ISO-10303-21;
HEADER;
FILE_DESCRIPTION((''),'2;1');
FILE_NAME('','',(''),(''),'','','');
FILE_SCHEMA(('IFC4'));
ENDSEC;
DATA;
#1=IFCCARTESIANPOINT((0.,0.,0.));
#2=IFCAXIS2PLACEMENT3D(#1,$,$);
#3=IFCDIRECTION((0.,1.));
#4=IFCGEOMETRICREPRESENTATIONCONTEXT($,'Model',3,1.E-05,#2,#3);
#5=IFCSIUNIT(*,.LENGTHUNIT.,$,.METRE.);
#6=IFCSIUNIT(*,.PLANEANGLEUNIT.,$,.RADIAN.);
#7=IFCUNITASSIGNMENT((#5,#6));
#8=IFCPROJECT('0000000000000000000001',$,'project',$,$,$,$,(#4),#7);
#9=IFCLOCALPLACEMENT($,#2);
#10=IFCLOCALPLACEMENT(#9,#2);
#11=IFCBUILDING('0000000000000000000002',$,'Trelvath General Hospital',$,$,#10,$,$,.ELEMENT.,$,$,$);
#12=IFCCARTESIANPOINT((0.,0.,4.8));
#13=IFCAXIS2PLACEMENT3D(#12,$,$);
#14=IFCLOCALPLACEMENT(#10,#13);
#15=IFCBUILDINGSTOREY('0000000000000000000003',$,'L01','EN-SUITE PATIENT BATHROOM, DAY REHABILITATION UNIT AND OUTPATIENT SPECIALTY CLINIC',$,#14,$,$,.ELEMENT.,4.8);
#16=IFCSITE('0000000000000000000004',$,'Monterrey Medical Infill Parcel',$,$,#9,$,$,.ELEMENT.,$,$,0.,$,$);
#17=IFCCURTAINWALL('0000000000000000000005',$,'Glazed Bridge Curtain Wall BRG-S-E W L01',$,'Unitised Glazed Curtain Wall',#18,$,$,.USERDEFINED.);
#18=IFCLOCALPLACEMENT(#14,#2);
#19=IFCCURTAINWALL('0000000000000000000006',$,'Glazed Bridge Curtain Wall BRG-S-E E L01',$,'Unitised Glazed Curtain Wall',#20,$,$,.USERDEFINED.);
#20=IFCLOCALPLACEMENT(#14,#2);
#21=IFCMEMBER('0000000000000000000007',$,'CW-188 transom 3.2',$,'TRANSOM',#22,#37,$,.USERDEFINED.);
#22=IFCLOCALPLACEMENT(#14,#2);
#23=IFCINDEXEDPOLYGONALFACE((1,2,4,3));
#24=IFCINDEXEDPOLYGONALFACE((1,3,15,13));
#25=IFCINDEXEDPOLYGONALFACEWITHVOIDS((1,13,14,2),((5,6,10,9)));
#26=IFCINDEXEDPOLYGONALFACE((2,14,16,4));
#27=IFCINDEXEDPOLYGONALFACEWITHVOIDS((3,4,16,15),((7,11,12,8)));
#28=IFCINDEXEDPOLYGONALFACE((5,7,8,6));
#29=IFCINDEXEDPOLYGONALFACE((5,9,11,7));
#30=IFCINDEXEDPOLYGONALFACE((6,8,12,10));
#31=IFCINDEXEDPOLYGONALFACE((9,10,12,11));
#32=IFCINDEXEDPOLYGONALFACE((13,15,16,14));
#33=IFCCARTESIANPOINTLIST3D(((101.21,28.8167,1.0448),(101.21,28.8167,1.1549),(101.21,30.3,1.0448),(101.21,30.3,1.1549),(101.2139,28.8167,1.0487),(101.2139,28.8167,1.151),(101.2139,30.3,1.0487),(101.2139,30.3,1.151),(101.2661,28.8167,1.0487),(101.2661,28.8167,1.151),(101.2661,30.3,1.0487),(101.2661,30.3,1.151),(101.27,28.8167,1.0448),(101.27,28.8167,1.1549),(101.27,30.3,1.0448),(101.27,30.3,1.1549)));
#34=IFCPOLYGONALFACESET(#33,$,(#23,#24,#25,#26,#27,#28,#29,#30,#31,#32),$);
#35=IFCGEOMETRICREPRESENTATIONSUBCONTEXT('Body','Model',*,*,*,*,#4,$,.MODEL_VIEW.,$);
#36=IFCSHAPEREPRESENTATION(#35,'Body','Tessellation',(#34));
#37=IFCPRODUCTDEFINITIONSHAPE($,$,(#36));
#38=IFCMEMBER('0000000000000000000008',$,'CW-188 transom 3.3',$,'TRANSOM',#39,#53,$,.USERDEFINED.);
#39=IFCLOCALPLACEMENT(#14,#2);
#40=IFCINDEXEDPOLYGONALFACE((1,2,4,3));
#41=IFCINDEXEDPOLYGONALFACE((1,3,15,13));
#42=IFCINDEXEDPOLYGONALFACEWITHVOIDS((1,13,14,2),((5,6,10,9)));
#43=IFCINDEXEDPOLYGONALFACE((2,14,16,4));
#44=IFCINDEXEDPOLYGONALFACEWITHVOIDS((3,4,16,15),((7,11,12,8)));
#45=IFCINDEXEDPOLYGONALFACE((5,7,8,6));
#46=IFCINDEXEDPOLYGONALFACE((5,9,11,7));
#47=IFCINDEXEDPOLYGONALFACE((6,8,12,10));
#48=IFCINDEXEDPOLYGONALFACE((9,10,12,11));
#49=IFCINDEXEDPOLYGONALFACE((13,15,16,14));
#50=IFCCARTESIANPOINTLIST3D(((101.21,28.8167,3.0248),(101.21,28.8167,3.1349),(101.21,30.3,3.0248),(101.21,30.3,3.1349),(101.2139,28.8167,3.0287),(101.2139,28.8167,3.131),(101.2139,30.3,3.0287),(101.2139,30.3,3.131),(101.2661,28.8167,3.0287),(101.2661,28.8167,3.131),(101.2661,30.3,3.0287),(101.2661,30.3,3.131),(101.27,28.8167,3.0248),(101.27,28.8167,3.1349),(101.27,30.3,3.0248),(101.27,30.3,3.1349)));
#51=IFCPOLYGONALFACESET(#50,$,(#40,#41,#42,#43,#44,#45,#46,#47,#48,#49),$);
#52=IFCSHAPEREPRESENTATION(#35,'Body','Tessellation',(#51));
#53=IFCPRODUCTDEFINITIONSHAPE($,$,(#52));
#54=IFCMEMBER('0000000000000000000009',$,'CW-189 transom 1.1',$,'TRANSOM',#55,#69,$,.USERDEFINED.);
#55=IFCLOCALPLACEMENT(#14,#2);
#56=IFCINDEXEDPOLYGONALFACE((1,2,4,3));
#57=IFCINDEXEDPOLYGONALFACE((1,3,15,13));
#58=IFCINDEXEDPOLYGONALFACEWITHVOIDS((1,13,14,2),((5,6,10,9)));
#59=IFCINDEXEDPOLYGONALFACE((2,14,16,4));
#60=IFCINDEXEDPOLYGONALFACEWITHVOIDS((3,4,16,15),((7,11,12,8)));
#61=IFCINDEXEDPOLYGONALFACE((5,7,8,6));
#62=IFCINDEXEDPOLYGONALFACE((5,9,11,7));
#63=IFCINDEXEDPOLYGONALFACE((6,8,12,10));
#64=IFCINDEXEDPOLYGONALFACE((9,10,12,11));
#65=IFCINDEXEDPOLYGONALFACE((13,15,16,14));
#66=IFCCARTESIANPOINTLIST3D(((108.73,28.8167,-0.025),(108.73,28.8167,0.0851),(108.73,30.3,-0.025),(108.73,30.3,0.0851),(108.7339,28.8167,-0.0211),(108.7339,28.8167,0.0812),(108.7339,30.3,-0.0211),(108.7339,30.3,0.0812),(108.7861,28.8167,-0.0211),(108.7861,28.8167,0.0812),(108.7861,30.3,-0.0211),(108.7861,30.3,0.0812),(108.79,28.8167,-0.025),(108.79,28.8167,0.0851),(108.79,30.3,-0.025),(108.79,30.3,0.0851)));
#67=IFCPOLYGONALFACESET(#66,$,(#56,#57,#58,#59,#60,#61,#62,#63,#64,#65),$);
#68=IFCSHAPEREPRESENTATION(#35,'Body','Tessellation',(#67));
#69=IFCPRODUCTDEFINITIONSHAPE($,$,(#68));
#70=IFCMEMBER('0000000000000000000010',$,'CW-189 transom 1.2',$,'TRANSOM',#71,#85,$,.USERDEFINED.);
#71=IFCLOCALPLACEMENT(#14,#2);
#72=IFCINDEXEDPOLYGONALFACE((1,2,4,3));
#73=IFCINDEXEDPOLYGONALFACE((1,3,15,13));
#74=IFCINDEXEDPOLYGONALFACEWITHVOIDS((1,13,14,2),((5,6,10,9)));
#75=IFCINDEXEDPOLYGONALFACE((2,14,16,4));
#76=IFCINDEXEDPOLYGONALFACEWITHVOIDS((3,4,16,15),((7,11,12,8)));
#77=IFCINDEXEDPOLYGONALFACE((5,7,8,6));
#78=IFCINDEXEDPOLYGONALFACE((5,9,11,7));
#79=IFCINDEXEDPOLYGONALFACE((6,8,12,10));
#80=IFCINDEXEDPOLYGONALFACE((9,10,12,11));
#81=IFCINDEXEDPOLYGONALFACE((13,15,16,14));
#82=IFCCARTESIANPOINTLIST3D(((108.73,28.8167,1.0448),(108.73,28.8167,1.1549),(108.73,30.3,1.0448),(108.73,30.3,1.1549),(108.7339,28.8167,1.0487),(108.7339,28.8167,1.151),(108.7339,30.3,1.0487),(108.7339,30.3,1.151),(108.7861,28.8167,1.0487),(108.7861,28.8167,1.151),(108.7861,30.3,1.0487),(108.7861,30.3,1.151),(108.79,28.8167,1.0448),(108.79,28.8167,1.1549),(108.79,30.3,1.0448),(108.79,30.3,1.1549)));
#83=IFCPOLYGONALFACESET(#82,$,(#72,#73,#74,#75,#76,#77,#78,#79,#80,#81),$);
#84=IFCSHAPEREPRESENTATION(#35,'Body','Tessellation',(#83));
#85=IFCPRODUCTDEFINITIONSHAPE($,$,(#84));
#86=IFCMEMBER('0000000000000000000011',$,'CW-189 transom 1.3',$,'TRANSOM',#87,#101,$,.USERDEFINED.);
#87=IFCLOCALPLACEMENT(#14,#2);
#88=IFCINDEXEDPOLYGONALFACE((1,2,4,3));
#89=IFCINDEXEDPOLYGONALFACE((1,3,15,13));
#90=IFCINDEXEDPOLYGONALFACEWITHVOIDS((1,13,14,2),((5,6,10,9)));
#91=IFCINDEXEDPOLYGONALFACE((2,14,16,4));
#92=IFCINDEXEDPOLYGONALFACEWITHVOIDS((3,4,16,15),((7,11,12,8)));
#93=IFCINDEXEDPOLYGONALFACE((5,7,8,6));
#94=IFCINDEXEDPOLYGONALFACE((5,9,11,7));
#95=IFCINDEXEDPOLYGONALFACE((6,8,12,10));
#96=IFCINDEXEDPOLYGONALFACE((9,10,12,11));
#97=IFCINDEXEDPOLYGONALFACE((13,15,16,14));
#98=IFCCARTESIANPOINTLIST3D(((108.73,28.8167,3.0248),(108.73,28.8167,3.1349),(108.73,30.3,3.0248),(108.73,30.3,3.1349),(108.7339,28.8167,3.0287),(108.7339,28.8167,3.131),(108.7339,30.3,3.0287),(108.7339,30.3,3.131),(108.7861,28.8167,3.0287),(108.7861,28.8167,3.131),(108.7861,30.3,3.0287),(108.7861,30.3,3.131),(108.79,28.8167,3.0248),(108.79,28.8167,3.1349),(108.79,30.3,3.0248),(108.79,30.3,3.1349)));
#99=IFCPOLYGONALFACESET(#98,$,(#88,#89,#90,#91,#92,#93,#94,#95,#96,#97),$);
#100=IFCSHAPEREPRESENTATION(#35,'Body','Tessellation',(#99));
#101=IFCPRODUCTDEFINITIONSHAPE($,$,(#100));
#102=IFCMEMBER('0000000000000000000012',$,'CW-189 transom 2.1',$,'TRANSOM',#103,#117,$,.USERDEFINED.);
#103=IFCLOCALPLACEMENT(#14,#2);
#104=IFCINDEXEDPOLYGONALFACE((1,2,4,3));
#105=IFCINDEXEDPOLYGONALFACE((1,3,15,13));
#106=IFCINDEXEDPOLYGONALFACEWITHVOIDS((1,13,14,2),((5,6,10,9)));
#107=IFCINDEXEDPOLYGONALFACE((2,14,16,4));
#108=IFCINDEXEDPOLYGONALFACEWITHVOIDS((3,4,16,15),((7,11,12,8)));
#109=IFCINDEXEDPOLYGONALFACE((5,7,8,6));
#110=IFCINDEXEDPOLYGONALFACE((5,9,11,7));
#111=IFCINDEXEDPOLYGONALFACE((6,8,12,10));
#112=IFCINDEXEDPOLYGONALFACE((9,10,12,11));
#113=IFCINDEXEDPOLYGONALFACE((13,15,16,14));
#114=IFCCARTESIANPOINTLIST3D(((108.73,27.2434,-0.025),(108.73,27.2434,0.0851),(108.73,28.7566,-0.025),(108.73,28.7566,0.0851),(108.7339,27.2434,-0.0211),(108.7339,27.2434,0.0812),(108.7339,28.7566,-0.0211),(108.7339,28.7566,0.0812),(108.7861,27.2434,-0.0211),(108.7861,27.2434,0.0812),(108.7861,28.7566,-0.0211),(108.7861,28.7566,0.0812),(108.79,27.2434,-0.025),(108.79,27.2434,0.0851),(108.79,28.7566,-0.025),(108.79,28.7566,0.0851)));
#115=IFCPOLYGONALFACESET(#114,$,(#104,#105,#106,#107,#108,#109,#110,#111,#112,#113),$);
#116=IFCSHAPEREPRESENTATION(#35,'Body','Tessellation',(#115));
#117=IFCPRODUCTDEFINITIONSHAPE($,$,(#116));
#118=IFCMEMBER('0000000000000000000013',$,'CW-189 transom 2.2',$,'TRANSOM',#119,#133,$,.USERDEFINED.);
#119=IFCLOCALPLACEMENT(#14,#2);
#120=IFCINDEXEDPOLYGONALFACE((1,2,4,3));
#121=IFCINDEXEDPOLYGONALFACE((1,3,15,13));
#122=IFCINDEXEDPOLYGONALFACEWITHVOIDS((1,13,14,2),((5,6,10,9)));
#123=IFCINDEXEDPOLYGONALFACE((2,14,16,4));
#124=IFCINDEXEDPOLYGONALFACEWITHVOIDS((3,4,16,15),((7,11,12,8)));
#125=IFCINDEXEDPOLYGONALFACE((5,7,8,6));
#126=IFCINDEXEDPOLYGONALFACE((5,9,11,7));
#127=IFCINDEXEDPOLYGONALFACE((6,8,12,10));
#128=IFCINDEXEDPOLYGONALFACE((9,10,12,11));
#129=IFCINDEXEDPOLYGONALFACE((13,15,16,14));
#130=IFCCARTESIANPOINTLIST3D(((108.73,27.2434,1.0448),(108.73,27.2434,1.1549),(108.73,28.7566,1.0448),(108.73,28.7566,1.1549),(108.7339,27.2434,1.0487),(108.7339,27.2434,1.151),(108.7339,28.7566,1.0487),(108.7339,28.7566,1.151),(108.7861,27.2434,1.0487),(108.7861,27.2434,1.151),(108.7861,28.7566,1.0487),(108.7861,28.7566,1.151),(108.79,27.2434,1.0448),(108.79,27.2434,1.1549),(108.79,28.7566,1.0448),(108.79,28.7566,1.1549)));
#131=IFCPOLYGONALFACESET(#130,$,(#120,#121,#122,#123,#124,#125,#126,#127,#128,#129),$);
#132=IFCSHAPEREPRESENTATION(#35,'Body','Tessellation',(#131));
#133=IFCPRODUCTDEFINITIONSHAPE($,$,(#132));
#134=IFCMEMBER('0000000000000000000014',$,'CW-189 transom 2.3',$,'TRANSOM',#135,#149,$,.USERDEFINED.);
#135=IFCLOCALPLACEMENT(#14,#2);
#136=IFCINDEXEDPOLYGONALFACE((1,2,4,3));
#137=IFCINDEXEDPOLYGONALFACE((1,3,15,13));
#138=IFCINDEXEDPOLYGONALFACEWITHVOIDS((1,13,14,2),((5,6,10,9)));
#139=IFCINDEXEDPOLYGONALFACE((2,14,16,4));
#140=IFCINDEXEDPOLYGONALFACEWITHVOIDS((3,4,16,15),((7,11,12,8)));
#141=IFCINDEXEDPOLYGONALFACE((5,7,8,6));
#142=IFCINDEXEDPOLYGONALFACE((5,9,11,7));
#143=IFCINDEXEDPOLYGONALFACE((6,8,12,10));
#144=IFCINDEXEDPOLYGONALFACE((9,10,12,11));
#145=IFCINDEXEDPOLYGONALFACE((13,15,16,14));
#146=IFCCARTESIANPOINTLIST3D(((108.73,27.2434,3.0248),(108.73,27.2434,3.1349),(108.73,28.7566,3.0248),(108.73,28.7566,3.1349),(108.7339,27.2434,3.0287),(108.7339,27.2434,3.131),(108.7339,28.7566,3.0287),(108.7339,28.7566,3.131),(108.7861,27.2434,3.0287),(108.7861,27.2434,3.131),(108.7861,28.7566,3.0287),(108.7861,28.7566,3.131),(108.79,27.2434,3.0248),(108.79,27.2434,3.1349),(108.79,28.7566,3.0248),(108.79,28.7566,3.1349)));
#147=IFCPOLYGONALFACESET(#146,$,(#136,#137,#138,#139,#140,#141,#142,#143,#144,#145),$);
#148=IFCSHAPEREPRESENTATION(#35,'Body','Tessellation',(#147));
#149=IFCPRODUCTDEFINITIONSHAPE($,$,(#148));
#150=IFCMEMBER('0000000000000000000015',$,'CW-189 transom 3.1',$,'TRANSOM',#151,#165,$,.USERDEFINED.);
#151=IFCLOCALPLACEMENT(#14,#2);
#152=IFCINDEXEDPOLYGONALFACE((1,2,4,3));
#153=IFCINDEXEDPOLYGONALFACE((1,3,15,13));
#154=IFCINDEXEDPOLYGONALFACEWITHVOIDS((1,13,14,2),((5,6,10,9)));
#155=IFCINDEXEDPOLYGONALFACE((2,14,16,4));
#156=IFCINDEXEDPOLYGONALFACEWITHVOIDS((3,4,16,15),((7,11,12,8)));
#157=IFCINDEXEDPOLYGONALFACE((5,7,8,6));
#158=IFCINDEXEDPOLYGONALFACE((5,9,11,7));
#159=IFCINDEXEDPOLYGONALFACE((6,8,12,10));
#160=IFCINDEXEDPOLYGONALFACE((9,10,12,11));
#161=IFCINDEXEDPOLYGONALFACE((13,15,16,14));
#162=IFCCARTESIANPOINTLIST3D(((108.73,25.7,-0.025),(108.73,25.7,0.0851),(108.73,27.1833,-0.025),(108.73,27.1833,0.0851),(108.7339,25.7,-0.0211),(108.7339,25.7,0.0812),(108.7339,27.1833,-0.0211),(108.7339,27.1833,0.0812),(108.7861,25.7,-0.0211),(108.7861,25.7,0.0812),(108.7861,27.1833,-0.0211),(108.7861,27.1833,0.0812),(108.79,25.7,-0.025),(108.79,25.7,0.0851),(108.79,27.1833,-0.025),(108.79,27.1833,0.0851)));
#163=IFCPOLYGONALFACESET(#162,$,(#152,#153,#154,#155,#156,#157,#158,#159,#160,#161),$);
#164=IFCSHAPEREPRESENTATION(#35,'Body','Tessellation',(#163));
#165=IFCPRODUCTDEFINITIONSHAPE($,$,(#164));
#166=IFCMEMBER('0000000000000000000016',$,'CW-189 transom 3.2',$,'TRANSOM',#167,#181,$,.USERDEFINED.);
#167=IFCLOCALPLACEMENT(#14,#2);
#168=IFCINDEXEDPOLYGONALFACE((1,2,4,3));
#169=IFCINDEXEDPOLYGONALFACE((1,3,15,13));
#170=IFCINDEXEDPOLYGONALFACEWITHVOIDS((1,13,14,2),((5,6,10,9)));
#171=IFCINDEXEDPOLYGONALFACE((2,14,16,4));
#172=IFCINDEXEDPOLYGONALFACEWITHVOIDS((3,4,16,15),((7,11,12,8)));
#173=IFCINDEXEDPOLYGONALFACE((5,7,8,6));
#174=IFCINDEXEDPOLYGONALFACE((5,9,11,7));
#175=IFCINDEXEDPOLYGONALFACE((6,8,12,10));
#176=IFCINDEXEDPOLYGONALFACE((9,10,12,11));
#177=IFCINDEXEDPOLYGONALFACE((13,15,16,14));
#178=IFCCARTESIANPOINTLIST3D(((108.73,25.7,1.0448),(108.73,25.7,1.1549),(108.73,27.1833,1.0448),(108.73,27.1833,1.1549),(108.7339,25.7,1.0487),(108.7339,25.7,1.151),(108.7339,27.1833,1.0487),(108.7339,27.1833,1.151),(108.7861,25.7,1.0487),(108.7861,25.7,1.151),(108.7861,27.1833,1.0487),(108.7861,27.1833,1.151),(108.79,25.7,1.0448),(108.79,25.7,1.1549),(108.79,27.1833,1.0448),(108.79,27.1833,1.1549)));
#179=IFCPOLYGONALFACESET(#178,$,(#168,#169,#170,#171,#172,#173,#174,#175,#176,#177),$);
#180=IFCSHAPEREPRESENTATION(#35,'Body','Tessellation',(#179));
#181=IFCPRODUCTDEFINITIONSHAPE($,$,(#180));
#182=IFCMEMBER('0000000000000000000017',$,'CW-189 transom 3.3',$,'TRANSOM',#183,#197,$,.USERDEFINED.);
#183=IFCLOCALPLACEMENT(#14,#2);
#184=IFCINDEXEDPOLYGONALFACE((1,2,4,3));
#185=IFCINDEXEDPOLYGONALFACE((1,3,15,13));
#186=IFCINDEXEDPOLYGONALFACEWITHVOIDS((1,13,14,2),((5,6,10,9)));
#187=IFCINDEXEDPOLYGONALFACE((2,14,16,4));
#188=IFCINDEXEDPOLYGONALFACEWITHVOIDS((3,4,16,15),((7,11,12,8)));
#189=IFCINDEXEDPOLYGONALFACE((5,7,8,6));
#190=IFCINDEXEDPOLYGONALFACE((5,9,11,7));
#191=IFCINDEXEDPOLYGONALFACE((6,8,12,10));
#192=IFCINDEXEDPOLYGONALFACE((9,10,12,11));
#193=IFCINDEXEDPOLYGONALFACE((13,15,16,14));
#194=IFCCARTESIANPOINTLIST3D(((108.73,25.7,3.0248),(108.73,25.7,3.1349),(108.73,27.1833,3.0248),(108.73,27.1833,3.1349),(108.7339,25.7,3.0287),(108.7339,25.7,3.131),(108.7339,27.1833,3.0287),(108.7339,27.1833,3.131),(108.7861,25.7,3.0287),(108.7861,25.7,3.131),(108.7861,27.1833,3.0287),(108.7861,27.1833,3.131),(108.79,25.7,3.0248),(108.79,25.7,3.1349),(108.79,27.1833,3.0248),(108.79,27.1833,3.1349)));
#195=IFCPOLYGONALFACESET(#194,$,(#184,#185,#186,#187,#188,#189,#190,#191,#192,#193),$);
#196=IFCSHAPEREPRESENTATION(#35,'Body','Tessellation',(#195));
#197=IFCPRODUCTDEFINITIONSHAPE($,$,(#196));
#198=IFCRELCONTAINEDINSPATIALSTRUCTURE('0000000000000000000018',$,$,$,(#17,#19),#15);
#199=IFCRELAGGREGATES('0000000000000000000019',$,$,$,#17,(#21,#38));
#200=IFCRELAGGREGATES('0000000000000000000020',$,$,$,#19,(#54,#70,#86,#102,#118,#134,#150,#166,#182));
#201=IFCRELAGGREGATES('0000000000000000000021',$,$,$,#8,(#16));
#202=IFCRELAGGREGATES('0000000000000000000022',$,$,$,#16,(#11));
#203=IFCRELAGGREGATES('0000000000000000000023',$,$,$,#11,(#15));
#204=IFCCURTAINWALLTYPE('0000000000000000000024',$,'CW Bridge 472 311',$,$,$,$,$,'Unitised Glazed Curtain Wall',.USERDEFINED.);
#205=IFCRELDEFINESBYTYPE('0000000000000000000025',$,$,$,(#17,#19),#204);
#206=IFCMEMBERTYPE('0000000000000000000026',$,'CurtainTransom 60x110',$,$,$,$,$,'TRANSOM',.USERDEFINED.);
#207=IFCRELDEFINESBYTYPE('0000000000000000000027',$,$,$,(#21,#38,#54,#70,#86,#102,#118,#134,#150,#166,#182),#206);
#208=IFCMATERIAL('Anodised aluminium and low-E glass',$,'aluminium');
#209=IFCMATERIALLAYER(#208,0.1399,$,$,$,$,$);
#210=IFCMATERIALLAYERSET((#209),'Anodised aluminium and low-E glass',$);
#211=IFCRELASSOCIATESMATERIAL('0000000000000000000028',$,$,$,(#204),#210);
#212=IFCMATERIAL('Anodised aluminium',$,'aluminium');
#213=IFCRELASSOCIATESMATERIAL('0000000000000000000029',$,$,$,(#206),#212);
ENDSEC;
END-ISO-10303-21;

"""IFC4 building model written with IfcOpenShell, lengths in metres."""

from ifc_helpers import new_model, si_unit, direction, frame, origin, origin_2d, place, context, subcontext, project, spatial, hollow_rectangle, extrude, material, layer, layer_set, material_profile, profile_set, type_object, element, aggregate, save


model = new_model("IFC4")

# Units and contexts
model_context = context("Model", 3, precision=1e-05, world=origin(), true_north=direction((0.0, 1.0)))
body_context = subcontext(model_context, "Body", "Model", "MODEL_VIEW")
ifc_project = project(units=[si_unit("LENGTHUNIT", "METRE"), si_unit("PLANEANGLEUNIT", "RADIAN")], contexts=[model_context])

# Site, building, storey
site_placement = place(None, origin())
site = spatial("IfcSite", under=ifc_project, at=site_placement, Name="Monterrey Medical Infill Parcel", CompositionType="ELEMENT", RefElevation=0.0)
building_placement = place(site_placement, origin())
building = spatial("IfcBuilding", under=site, at=building_placement, Name="Trelvath General Hospital", CompositionType="ELEMENT")
storey_placement = place(building_placement, frame((0.0, 0.0, 4.8)))
storey = spatial("IfcBuildingStorey", under=building, at=storey_placement, Name="L01", Description="EN-SUITE PATIENT BATHROOM, DAY REHABILITATION UNIT AND OUTPATIENT SPECIALTY CLINIC", CompositionType="ELEMENT", Elevation=4.8)

# Curtain wall
ifc_material_1 = material(Name="Anodised aluminium and low-E glass", Category="aluminium")
ifc_layer_1 = layer(ifc_material_1, 0.1399)
ifc_layer_set_1 = layer_set([ifc_layer_1], Name="Anodised aluminium and low-E glass")
curtain_wall_type = type_object("IfcCurtainWallType", Name="CW Bridge 472 311", ElementType="Unitised Glazed Curtain Wall", PredefinedType="USERDEFINED", material=ifc_layer_set_1)
curtain_wall_1_placement = place(storey_placement, origin())
curtain_wall_1 = element("IfcCurtainWall", 1, at=curtain_wall_1_placement, inside=storey, type_object=curtain_wall_type, Name="Glazed Bridge Curtain Wall BRG-S-E W L01", ObjectType="Unitised Glazed Curtain Wall", PredefinedType="USERDEFINED")

# Curtain wall
curtain_wall_2_placement = place(storey_placement, origin())
curtain_wall_2 = element("IfcCurtainWall", 2, at=curtain_wall_2_placement, inside=storey, type_object=curtain_wall_type, Name="Glazed Bridge Curtain Wall BRG-S-E E L01", ObjectType="Unitised Glazed Curtain Wall", PredefinedType="USERDEFINED")

# Members
ifc_material_2 = material(Name="Anodised aluminium", Category="aluminium")
ifc_material_profile_1 = material_profile(ifc_material_2, hollow_rectangle(XDim=0.0601, YDim=0.1101, WallThickness=0.0039, at=origin_2d()), Name="RHS60x110x4")
ifc_profile_set_1 = profile_set([ifc_material_profile_1], Name="Anodised aluminium")
member_type_1 = type_object("IfcMemberType", Name="CurtainTransom 60x110", ElementType="TRANSOM", PredefinedType="USERDEFINED", material=ifc_profile_set_1)
member_1_placement = place(storey_placement, frame((101.24, 28.8167, 1.0999), z_axis=(0.0, 1.0, 0.0), x_axis=(-1.0, 0.0, 0.0)))
member_1 = element("IfcMember", 3, at=member_1_placement, type_object=member_type_1, Name="CW-188 transom 3.2", ObjectType="TRANSOM", PredefinedType="USERDEFINED", context=body_context, shape_type="SweptSolid", body=[
    extrude(hollow_rectangle(XDim=0.0601, YDim=0.1101, WallThickness=0.0039, at=origin_2d()), origin(), (0.0, 0.0, 1.0), 1.4834),
])
member_2_placement = place(storey_placement, frame((101.24, 28.8167, 3.0798), z_axis=(0.0, 1.0, 0.0), x_axis=(-1.0, 0.0, 0.0)))
member_2 = element("IfcMember", 4, at=member_2_placement, type_object=member_type_1, Name="CW-188 transom 3.3", ObjectType="TRANSOM", PredefinedType="USERDEFINED", context=body_context, shape_type="SweptSolid", body=[
    extrude(hollow_rectangle(XDim=0.0601, YDim=0.1101, WallThickness=0.0039, at=origin_2d()), origin(), (0.0, 0.0, 1.0), 1.4834),
])
member_3_placement = place(storey_placement, frame((108.76, 30.3, 0.03), z_axis=(0.0, -1.0, 0.0), x_axis=(1.0, 0.0, 0.0)))
member_3 = element("IfcMember", 5, at=member_3_placement, type_object=member_type_1, Name="CW-189 transom 1.1", ObjectType="TRANSOM", PredefinedType="USERDEFINED", context=body_context, shape_type="SweptSolid", body=[
    extrude(hollow_rectangle(XDim=0.0601, YDim=0.1101, WallThickness=0.0039, at=origin_2d()), origin(), (0.0, 0.0, 1.0), 1.4834),
])
member_4_placement = place(storey_placement, frame((108.76, 30.3, 1.0999), z_axis=(0.0, -1.0, 0.0), x_axis=(1.0, 0.0, 0.0)))
member_4 = element("IfcMember", 6, at=member_4_placement, type_object=member_type_1, Name="CW-189 transom 1.2", ObjectType="TRANSOM", PredefinedType="USERDEFINED", context=body_context, shape_type="SweptSolid", body=[
    extrude(hollow_rectangle(XDim=0.0601, YDim=0.1101, WallThickness=0.0039, at=origin_2d()), origin(), (0.0, 0.0, 1.0), 1.4834),
])
member_5_placement = place(storey_placement, frame((108.76, 30.3, 3.0798), z_axis=(0.0, -1.0, 0.0), x_axis=(1.0, 0.0, 0.0)))
member_5 = element("IfcMember", 7, at=member_5_placement, type_object=member_type_1, Name="CW-189 transom 1.3", ObjectType="TRANSOM", PredefinedType="USERDEFINED", context=body_context, shape_type="SweptSolid", body=[
    extrude(hollow_rectangle(XDim=0.0601, YDim=0.1101, WallThickness=0.0039, at=origin_2d()), origin(), (0.0, 0.0, 1.0), 1.4834),
])
member_6_placement = place(storey_placement, frame((108.76, 28.7566, 0.03), z_axis=(0.0, -1.0, 0.0), x_axis=(1.0, 0.0, 0.0)))
member_6 = element("IfcMember", 8, at=member_6_placement, type_object=member_type_1, Name="CW-189 transom 2.1", ObjectType="TRANSOM", PredefinedType="USERDEFINED", context=body_context, shape_type="SweptSolid", body=[
    extrude(hollow_rectangle(XDim=0.0601, YDim=0.1101, WallThickness=0.0039, at=origin_2d()), origin(), (0.0, 0.0, 1.0), 1.5132),
])
member_7_placement = place(storey_placement, frame((108.76, 28.7566, 1.0999), z_axis=(0.0, -1.0, 0.0), x_axis=(1.0, 0.0, 0.0)))
member_7 = element("IfcMember", 9, at=member_7_placement, type_object=member_type_1, Name="CW-189 transom 2.2", ObjectType="TRANSOM", PredefinedType="USERDEFINED", context=body_context, shape_type="SweptSolid", body=[
    extrude(hollow_rectangle(XDim=0.0601, YDim=0.1101, WallThickness=0.0039, at=origin_2d()), origin(), (0.0, 0.0, 1.0), 1.5132),
])
member_8_placement = place(storey_placement, frame((108.76, 28.7566, 3.0798), z_axis=(0.0, -1.0, 0.0), x_axis=(1.0, 0.0, 0.0)))
member_8 = element("IfcMember", 10, at=member_8_placement, type_object=member_type_1, Name="CW-189 transom 2.3", ObjectType="TRANSOM", PredefinedType="USERDEFINED", context=body_context, shape_type="SweptSolid", body=[
    extrude(hollow_rectangle(XDim=0.0601, YDim=0.1101, WallThickness=0.0039, at=origin_2d()), origin(), (0.0, 0.0, 1.0), 1.5132),
])
member_9_placement = place(storey_placement, frame((108.76, 27.1833, 0.03), z_axis=(0.0, -1.0, 0.0), x_axis=(1.0, 0.0, 0.0)))
member_9 = element("IfcMember", 11, at=member_9_placement, type_object=member_type_1, Name="CW-189 transom 3.1", ObjectType="TRANSOM", PredefinedType="USERDEFINED", context=body_context, shape_type="SweptSolid", body=[
    extrude(hollow_rectangle(XDim=0.0601, YDim=0.1101, WallThickness=0.0039, at=origin_2d()), origin(), (0.0, 0.0, 1.0), 1.4834),
])
member_10_placement = place(storey_placement, frame((108.76, 27.1833, 1.0999), z_axis=(0.0, -1.0, 0.0), x_axis=(1.0, 0.0, 0.0)))
member_10 = element("IfcMember", 12, at=member_10_placement, type_object=member_type_1, Name="CW-189 transom 3.2", ObjectType="TRANSOM", PredefinedType="USERDEFINED", context=body_context, shape_type="SweptSolid", body=[
    extrude(hollow_rectangle(XDim=0.0601, YDim=0.1101, WallThickness=0.0039, at=origin_2d()), origin(), (0.0, 0.0, 1.0), 1.4834),
])
member_11_placement = place(storey_placement, frame((108.76, 27.1833, 3.0798), z_axis=(0.0, -1.0, 0.0), x_axis=(1.0, 0.0, 0.0)))
member_11 = element("IfcMember", 13, at=member_11_placement, type_object=member_type_1, Name="CW-189 transom 3.3", ObjectType="TRANSOM", PredefinedType="USERDEFINED", context=body_context, shape_type="SweptSolid", body=[
    extrude(hollow_rectangle(XDim=0.0601, YDim=0.1101, WallThickness=0.0039, at=origin_2d()), origin(), (0.0, 0.0, 1.0), 1.4834),
])

aggregate(curtain_wall_1, [member_1, member_2])
aggregate(curtain_wall_2, [member_3, member_4, member_5, member_6, member_7, member_8, member_9, member_10, member_11])

save(model, "model.ifc")
